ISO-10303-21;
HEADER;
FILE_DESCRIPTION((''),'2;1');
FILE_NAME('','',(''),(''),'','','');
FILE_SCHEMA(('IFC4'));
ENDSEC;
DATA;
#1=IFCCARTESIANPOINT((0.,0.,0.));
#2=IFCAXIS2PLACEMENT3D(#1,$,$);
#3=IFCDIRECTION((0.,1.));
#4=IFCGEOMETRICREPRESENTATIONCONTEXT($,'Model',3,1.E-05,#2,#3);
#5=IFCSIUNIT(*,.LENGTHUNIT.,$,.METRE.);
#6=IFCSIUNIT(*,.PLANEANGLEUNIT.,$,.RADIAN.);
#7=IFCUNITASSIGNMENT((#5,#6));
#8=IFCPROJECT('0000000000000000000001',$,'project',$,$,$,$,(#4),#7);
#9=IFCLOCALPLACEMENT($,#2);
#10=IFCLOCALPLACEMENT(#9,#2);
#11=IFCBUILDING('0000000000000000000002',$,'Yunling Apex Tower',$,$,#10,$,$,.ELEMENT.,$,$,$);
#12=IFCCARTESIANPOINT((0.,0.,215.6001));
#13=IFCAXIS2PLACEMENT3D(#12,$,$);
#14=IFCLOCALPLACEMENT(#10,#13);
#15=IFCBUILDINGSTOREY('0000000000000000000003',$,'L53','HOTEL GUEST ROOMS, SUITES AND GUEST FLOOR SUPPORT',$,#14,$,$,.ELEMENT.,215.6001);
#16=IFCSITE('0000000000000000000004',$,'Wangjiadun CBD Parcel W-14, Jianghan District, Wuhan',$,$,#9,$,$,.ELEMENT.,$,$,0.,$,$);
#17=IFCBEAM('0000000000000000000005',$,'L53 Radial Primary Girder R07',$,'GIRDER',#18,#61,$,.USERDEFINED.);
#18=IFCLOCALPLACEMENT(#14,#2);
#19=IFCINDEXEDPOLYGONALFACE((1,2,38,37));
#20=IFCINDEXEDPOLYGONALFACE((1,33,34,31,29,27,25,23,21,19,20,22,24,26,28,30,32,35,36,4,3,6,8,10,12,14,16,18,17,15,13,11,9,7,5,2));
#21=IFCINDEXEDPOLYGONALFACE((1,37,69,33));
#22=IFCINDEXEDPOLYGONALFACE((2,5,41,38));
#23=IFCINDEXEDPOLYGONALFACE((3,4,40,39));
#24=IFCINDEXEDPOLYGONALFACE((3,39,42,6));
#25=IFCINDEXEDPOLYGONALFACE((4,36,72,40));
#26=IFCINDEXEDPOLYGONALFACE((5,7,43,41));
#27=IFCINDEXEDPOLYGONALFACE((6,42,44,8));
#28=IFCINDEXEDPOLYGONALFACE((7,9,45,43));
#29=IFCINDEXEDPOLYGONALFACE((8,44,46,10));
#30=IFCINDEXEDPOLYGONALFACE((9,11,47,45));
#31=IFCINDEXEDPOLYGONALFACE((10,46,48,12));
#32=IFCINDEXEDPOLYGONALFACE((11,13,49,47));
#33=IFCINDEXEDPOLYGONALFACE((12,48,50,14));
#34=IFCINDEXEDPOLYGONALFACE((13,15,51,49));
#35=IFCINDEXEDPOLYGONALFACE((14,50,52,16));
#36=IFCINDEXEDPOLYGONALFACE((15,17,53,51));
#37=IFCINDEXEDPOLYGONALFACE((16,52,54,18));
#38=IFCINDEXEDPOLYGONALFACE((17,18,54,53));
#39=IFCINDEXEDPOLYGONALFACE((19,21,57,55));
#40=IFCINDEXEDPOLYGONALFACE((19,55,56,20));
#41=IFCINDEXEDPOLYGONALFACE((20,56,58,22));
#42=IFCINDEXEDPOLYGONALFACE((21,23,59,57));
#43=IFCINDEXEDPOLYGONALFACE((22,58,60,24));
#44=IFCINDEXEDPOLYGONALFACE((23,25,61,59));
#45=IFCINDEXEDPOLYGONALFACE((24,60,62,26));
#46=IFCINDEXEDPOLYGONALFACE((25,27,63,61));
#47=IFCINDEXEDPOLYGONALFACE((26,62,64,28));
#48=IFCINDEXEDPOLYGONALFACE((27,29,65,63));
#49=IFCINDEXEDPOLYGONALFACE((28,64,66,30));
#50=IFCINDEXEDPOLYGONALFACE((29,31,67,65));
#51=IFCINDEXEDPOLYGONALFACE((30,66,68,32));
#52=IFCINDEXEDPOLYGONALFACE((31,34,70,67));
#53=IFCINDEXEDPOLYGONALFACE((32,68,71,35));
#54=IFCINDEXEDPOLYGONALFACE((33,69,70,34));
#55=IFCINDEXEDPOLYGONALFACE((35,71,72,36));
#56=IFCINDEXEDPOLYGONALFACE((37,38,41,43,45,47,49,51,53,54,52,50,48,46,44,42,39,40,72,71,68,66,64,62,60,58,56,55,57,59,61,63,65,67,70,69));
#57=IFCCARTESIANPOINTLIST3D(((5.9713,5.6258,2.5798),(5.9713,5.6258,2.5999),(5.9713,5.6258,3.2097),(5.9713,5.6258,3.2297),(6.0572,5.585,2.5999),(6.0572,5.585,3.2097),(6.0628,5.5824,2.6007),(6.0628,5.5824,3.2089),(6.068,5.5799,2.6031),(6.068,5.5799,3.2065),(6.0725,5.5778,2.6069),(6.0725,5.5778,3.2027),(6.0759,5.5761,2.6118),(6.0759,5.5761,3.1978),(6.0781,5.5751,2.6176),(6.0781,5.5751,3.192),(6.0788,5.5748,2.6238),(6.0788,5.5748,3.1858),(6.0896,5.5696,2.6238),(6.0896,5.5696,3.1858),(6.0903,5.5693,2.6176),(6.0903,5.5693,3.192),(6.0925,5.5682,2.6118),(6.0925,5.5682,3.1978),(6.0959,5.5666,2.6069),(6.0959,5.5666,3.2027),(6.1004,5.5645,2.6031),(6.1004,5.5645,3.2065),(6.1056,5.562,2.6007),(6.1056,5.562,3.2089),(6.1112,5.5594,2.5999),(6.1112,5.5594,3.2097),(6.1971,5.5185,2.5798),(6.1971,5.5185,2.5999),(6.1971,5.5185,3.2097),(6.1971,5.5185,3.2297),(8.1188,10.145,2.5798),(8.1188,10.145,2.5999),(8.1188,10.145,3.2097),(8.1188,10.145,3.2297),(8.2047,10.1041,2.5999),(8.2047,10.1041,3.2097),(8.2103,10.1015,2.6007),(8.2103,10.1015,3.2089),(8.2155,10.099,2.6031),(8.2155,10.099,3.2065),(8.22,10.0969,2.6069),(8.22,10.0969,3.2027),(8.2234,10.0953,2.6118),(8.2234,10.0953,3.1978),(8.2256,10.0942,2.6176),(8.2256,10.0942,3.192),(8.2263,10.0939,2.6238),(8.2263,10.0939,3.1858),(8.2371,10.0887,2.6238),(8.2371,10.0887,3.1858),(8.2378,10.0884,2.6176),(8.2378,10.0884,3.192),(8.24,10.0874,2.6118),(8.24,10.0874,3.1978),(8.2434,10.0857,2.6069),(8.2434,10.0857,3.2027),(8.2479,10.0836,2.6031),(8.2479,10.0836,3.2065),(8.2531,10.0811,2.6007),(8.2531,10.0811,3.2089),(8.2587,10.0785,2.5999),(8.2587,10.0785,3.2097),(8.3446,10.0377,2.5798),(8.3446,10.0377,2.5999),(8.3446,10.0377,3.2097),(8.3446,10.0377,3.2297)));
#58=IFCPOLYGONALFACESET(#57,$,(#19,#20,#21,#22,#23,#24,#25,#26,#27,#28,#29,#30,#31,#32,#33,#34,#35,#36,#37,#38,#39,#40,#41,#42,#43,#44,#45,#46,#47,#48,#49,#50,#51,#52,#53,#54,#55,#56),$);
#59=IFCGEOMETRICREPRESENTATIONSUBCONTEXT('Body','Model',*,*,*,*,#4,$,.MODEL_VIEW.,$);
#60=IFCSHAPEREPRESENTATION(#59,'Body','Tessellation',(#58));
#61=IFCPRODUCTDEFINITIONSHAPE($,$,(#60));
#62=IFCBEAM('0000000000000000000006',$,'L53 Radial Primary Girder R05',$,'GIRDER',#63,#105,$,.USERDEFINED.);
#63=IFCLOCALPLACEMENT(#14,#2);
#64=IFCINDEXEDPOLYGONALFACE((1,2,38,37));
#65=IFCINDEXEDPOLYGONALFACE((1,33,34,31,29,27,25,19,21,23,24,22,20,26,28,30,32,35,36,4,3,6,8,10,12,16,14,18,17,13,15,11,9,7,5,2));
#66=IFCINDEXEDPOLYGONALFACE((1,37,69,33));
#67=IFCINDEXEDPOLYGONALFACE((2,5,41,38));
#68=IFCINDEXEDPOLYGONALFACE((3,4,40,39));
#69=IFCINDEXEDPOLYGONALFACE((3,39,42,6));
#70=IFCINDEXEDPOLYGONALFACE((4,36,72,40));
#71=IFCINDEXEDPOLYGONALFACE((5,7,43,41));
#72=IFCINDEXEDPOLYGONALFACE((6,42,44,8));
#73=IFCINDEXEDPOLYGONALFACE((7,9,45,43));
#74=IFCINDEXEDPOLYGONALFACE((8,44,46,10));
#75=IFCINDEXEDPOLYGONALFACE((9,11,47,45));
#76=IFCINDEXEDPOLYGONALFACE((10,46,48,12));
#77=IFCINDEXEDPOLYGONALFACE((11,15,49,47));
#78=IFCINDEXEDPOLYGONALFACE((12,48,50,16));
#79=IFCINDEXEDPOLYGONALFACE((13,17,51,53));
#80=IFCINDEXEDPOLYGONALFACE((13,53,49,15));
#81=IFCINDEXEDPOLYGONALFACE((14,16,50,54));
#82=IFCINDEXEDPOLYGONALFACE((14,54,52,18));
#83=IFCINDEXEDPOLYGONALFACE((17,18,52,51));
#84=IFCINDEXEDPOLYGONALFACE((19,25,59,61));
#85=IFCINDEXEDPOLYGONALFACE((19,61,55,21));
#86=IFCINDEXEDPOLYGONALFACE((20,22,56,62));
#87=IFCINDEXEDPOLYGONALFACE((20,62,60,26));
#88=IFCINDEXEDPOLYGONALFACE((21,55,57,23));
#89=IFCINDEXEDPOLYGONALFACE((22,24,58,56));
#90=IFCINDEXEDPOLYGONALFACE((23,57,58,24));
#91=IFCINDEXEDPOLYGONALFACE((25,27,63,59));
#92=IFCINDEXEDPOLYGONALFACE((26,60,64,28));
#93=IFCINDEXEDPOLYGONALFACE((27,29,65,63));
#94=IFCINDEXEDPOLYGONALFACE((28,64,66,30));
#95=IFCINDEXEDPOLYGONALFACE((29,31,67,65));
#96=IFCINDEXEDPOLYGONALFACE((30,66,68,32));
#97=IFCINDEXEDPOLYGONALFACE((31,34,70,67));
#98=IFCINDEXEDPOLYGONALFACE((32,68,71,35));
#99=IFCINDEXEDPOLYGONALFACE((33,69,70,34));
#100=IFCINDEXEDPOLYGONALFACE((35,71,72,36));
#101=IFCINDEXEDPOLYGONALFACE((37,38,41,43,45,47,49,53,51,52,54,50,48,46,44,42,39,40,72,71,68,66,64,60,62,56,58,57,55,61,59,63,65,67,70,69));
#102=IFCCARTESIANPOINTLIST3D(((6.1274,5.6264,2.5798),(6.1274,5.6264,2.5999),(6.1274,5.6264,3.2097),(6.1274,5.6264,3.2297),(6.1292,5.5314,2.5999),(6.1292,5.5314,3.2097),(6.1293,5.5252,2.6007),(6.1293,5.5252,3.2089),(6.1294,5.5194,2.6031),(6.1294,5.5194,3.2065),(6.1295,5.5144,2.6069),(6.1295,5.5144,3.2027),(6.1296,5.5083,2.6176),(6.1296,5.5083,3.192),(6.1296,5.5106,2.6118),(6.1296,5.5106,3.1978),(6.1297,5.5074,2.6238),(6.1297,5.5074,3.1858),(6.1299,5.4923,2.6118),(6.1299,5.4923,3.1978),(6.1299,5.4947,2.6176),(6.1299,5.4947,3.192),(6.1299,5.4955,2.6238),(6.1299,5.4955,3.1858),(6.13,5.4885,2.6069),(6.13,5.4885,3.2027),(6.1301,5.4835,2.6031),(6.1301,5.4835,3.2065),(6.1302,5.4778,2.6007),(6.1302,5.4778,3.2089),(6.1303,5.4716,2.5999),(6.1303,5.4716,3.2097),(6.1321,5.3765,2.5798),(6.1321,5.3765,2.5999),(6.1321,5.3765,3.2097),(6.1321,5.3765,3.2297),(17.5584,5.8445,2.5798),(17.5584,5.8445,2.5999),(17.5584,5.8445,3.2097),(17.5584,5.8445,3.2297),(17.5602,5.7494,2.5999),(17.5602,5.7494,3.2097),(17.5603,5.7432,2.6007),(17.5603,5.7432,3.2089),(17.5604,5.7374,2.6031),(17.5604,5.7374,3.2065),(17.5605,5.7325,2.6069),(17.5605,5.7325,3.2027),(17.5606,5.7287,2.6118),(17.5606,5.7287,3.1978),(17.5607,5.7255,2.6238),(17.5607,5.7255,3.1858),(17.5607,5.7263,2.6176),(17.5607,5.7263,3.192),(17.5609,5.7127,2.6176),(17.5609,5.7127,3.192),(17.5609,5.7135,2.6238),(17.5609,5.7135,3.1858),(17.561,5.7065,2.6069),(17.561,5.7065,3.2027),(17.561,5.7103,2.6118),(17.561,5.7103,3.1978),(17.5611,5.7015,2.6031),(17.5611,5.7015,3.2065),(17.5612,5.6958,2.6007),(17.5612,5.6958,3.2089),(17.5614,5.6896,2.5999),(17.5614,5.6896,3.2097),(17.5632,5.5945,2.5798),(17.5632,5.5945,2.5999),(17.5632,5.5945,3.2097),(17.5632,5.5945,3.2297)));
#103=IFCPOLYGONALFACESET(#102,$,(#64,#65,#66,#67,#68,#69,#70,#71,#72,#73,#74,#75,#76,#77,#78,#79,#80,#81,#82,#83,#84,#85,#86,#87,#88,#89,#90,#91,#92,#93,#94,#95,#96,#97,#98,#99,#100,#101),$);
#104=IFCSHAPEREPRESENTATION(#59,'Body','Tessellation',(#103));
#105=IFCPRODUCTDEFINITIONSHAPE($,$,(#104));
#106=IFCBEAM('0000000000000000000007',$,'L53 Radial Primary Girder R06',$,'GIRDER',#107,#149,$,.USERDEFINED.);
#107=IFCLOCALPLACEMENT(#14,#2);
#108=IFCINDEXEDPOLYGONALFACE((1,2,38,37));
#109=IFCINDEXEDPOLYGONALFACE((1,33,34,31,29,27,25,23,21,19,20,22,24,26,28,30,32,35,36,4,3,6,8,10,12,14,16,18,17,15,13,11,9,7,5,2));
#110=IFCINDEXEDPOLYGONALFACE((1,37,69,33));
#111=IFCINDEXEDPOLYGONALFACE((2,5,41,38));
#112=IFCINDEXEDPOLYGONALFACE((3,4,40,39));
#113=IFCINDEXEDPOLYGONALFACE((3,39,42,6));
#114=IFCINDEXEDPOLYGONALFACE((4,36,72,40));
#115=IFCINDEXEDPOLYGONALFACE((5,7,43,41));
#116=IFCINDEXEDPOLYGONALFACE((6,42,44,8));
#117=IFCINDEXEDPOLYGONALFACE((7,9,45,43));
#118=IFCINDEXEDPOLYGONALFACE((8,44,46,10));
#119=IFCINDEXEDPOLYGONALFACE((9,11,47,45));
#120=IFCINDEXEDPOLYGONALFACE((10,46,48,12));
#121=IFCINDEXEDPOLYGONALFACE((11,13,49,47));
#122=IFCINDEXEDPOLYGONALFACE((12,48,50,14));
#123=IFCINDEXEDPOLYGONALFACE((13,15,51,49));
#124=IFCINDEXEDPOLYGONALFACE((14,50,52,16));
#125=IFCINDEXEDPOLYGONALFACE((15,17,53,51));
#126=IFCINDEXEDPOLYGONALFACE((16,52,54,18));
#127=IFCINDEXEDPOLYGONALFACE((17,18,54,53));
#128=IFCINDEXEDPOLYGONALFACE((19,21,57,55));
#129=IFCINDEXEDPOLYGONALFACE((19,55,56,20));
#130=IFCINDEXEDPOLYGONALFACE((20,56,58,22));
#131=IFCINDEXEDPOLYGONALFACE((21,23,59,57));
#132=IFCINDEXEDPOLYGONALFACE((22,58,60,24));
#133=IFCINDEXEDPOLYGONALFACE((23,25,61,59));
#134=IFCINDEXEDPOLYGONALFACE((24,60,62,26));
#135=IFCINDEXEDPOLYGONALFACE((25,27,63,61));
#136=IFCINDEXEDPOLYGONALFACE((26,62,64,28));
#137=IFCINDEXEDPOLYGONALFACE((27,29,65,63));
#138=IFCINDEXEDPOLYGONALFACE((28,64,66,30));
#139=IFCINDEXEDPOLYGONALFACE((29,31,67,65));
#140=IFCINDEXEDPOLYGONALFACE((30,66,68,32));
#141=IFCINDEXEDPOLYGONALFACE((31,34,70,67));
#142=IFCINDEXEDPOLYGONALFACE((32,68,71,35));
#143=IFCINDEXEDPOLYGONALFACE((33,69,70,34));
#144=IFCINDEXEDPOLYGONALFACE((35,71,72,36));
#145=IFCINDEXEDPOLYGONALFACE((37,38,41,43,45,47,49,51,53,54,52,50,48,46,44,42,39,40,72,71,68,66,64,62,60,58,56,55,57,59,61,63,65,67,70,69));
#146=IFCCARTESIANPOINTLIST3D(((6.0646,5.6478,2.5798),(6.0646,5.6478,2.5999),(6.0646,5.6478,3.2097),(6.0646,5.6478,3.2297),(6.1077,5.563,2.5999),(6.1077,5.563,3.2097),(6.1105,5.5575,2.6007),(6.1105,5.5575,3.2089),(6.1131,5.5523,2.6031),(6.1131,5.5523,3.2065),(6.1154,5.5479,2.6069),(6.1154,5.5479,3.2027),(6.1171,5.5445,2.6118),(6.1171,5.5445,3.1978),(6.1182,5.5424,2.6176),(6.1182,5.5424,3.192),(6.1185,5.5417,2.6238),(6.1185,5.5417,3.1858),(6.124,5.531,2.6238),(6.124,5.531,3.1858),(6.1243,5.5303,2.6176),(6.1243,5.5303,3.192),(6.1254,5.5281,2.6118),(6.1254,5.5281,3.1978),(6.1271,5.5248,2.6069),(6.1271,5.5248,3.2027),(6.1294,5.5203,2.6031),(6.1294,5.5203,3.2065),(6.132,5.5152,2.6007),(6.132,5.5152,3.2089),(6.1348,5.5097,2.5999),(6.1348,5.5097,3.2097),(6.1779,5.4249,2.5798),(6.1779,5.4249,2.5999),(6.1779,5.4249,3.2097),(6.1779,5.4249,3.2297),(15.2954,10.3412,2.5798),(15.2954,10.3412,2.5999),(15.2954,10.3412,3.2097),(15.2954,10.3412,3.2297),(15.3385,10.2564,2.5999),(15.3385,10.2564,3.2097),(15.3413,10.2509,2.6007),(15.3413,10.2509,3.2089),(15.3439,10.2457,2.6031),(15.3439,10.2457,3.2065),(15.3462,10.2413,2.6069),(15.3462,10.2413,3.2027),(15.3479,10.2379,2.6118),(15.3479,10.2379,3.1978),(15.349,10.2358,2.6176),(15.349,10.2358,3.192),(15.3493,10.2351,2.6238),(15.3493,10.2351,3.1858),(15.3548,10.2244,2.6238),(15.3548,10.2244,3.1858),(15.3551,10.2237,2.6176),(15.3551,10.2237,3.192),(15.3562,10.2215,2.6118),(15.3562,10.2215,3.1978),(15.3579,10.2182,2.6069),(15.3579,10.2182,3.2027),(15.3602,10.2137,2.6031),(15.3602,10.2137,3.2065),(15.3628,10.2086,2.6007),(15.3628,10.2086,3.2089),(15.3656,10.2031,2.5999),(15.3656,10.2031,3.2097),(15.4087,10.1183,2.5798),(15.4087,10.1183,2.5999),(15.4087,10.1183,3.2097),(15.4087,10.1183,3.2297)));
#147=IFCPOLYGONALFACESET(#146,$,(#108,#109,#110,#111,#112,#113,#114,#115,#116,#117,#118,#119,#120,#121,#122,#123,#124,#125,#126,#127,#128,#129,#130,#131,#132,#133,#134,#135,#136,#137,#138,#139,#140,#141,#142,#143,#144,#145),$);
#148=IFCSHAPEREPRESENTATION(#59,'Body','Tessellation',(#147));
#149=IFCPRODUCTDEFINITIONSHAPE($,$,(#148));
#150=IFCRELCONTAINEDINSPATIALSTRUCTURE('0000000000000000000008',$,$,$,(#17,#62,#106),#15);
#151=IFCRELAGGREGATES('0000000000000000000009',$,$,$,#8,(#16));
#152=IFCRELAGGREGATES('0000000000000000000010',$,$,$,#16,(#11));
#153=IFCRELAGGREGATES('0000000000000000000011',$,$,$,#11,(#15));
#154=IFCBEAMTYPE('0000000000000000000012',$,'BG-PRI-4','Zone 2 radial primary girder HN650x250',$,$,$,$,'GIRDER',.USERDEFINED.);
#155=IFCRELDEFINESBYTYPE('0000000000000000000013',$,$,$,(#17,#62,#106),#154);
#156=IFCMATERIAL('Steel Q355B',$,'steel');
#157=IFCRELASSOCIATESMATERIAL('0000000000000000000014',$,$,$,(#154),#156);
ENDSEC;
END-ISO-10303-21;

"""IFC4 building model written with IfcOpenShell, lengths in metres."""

from ifc_helpers import new_model, si_unit, direction, frame, origin, origin_2d, place, context, subcontext, project, spatial, i_section, extrude, source, transform, mapped, material, material_profile, profile_set, type_object, element, save


model = new_model("IFC4")

# Units and contexts
model_context = context("Model", 3, precision=1e-05, world=origin(), true_north=direction((0.0, 1.0)))
body_context = subcontext(model_context, "Body", "Model", "MODEL_VIEW")
ifc_project = project(units=[si_unit("LENGTHUNIT", "METRE"), si_unit("PLANEANGLEUNIT", "RADIAN")], contexts=[model_context])

# Site, building, storey
site_placement = place(None, origin())
site = spatial("IfcSite", under=ifc_project, at=site_placement, Name="Wangjiadun CBD Parcel W-14, Jianghan District, Wuhan", CompositionType="ELEMENT", RefElevation=0.0)
building_placement = place(site_placement, origin())
building = spatial("IfcBuilding", under=site, at=building_placement, Name="Yunling Apex Tower", CompositionType="ELEMENT")
storey_placement = place(building_placement, frame((0.0, 0.0, 215.6001)))
storey = spatial("IfcBuildingStorey", under=building, at=storey_placement, Name="L53", Description="HOTEL GUEST ROOMS, SUITES AND GUEST FLOOR SUPPORT", CompositionType="ELEMENT", Elevation=215.6001)

# Beams
ifc_material_1 = material(Name="Steel Q355B", Category="steel")
ifc_material_profile_1 = material_profile(ifc_material_1, i_section(OverallWidth=0.25, OverallDepth=0.6499, WebThickness=0.012, FlangeThickness=0.02, FilletRadius=0.0239, at=origin_2d()))
ifc_profile_set_1 = profile_set([ifc_material_profile_1], Name="Steel Q355B")
beam_type_1 = type_object("IfcBeamType", Name="BG-PRI-4", Description="Zone 2 radial primary girder HN650x250", ElementType="GIRDER", PredefinedType="USERDEFINED", material=ifc_profile_set_1)
shared_shape_1 = source(origin(), body_context, "Body", "SweptSolid", [
    extrude(i_section(OverallWidth=0.25, OverallDepth=0.6499, WebThickness=0.012, FlangeThickness=0.02, FilletRadius=0.0239, at=origin_2d()), origin(), (0.0, 0.0, 1.0), 5.0034),
])
beam_1_placement = place(storey_placement, frame((8.2317, 10.0913, 2.9048), z_axis=(-0.429206, -0.903207, 0.0), x_axis=(0.903207, -0.429206, 0.0)))
element("IfcBeam", 1, at=beam_1_placement, inside=storey, type_object=beam_type_1, Name="L53 Radial Primary Girder R07", ObjectType="GIRDER", PredefinedType="USERDEFINED", context=body_context, shape_type="MappedRepresentation", body=[
    mapped(shared_shape_1, transform((0.0, 0.0, 0.0), scale=1.0)),
])
shared_shape_2 = source(origin(), body_context, "Body", "SweptSolid", [
    extrude(i_section(OverallWidth=0.25, OverallDepth=0.6499, WebThickness=0.012, FlangeThickness=0.02, FilletRadius=0.0239, at=origin_2d()), origin(), (0.0, 0.0, 1.0), 11.4331),
])
beam_2_placement = place(storey_placement, frame((17.5608, 5.7195, 2.9048), z_axis=(-0.999818, -0.019069, 0.0), x_axis=(0.019069, -0.999818, 0.0)))
element("IfcBeam", 2, at=beam_2_placement, inside=storey, type_object=beam_type_1, Name="L53 Radial Primary Girder R05", ObjectType="GIRDER", PredefinedType="USERDEFINED", context=body_context, shape_type="MappedRepresentation", body=[
    mapped(shared_shape_2, transform((0.0, 0.0, 0.0), scale=1.0)),
])
shared_shape_3 = source(origin(), body_context, "Body", "SweptSolid", [
    extrude(i_section(OverallWidth=0.25, OverallDepth=0.6499, WebThickness=0.012, FlangeThickness=0.02, FilletRadius=0.0239, at=origin_2d()), origin(), (0.0, 0.0, 1.0), 10.3555),
])
beam_3_placement = place(storey_placement, frame((15.3521, 10.2297, 2.9048), z_axis=(-0.891394, -0.45323, 0.0), x_axis=(0.45323, -0.891394, 0.0)))
element("IfcBeam", 3, at=beam_3_placement, inside=storey, type_object=beam_type_1, Name="L53 Radial Primary Girder R06", ObjectType="GIRDER", PredefinedType="USERDEFINED", context=body_context, shape_type="MappedRepresentation", body=[
    mapped(shared_shape_3, transform((0.0, 0.0, 0.0), scale=1.0)),
])

save(model, "model.ifc")
